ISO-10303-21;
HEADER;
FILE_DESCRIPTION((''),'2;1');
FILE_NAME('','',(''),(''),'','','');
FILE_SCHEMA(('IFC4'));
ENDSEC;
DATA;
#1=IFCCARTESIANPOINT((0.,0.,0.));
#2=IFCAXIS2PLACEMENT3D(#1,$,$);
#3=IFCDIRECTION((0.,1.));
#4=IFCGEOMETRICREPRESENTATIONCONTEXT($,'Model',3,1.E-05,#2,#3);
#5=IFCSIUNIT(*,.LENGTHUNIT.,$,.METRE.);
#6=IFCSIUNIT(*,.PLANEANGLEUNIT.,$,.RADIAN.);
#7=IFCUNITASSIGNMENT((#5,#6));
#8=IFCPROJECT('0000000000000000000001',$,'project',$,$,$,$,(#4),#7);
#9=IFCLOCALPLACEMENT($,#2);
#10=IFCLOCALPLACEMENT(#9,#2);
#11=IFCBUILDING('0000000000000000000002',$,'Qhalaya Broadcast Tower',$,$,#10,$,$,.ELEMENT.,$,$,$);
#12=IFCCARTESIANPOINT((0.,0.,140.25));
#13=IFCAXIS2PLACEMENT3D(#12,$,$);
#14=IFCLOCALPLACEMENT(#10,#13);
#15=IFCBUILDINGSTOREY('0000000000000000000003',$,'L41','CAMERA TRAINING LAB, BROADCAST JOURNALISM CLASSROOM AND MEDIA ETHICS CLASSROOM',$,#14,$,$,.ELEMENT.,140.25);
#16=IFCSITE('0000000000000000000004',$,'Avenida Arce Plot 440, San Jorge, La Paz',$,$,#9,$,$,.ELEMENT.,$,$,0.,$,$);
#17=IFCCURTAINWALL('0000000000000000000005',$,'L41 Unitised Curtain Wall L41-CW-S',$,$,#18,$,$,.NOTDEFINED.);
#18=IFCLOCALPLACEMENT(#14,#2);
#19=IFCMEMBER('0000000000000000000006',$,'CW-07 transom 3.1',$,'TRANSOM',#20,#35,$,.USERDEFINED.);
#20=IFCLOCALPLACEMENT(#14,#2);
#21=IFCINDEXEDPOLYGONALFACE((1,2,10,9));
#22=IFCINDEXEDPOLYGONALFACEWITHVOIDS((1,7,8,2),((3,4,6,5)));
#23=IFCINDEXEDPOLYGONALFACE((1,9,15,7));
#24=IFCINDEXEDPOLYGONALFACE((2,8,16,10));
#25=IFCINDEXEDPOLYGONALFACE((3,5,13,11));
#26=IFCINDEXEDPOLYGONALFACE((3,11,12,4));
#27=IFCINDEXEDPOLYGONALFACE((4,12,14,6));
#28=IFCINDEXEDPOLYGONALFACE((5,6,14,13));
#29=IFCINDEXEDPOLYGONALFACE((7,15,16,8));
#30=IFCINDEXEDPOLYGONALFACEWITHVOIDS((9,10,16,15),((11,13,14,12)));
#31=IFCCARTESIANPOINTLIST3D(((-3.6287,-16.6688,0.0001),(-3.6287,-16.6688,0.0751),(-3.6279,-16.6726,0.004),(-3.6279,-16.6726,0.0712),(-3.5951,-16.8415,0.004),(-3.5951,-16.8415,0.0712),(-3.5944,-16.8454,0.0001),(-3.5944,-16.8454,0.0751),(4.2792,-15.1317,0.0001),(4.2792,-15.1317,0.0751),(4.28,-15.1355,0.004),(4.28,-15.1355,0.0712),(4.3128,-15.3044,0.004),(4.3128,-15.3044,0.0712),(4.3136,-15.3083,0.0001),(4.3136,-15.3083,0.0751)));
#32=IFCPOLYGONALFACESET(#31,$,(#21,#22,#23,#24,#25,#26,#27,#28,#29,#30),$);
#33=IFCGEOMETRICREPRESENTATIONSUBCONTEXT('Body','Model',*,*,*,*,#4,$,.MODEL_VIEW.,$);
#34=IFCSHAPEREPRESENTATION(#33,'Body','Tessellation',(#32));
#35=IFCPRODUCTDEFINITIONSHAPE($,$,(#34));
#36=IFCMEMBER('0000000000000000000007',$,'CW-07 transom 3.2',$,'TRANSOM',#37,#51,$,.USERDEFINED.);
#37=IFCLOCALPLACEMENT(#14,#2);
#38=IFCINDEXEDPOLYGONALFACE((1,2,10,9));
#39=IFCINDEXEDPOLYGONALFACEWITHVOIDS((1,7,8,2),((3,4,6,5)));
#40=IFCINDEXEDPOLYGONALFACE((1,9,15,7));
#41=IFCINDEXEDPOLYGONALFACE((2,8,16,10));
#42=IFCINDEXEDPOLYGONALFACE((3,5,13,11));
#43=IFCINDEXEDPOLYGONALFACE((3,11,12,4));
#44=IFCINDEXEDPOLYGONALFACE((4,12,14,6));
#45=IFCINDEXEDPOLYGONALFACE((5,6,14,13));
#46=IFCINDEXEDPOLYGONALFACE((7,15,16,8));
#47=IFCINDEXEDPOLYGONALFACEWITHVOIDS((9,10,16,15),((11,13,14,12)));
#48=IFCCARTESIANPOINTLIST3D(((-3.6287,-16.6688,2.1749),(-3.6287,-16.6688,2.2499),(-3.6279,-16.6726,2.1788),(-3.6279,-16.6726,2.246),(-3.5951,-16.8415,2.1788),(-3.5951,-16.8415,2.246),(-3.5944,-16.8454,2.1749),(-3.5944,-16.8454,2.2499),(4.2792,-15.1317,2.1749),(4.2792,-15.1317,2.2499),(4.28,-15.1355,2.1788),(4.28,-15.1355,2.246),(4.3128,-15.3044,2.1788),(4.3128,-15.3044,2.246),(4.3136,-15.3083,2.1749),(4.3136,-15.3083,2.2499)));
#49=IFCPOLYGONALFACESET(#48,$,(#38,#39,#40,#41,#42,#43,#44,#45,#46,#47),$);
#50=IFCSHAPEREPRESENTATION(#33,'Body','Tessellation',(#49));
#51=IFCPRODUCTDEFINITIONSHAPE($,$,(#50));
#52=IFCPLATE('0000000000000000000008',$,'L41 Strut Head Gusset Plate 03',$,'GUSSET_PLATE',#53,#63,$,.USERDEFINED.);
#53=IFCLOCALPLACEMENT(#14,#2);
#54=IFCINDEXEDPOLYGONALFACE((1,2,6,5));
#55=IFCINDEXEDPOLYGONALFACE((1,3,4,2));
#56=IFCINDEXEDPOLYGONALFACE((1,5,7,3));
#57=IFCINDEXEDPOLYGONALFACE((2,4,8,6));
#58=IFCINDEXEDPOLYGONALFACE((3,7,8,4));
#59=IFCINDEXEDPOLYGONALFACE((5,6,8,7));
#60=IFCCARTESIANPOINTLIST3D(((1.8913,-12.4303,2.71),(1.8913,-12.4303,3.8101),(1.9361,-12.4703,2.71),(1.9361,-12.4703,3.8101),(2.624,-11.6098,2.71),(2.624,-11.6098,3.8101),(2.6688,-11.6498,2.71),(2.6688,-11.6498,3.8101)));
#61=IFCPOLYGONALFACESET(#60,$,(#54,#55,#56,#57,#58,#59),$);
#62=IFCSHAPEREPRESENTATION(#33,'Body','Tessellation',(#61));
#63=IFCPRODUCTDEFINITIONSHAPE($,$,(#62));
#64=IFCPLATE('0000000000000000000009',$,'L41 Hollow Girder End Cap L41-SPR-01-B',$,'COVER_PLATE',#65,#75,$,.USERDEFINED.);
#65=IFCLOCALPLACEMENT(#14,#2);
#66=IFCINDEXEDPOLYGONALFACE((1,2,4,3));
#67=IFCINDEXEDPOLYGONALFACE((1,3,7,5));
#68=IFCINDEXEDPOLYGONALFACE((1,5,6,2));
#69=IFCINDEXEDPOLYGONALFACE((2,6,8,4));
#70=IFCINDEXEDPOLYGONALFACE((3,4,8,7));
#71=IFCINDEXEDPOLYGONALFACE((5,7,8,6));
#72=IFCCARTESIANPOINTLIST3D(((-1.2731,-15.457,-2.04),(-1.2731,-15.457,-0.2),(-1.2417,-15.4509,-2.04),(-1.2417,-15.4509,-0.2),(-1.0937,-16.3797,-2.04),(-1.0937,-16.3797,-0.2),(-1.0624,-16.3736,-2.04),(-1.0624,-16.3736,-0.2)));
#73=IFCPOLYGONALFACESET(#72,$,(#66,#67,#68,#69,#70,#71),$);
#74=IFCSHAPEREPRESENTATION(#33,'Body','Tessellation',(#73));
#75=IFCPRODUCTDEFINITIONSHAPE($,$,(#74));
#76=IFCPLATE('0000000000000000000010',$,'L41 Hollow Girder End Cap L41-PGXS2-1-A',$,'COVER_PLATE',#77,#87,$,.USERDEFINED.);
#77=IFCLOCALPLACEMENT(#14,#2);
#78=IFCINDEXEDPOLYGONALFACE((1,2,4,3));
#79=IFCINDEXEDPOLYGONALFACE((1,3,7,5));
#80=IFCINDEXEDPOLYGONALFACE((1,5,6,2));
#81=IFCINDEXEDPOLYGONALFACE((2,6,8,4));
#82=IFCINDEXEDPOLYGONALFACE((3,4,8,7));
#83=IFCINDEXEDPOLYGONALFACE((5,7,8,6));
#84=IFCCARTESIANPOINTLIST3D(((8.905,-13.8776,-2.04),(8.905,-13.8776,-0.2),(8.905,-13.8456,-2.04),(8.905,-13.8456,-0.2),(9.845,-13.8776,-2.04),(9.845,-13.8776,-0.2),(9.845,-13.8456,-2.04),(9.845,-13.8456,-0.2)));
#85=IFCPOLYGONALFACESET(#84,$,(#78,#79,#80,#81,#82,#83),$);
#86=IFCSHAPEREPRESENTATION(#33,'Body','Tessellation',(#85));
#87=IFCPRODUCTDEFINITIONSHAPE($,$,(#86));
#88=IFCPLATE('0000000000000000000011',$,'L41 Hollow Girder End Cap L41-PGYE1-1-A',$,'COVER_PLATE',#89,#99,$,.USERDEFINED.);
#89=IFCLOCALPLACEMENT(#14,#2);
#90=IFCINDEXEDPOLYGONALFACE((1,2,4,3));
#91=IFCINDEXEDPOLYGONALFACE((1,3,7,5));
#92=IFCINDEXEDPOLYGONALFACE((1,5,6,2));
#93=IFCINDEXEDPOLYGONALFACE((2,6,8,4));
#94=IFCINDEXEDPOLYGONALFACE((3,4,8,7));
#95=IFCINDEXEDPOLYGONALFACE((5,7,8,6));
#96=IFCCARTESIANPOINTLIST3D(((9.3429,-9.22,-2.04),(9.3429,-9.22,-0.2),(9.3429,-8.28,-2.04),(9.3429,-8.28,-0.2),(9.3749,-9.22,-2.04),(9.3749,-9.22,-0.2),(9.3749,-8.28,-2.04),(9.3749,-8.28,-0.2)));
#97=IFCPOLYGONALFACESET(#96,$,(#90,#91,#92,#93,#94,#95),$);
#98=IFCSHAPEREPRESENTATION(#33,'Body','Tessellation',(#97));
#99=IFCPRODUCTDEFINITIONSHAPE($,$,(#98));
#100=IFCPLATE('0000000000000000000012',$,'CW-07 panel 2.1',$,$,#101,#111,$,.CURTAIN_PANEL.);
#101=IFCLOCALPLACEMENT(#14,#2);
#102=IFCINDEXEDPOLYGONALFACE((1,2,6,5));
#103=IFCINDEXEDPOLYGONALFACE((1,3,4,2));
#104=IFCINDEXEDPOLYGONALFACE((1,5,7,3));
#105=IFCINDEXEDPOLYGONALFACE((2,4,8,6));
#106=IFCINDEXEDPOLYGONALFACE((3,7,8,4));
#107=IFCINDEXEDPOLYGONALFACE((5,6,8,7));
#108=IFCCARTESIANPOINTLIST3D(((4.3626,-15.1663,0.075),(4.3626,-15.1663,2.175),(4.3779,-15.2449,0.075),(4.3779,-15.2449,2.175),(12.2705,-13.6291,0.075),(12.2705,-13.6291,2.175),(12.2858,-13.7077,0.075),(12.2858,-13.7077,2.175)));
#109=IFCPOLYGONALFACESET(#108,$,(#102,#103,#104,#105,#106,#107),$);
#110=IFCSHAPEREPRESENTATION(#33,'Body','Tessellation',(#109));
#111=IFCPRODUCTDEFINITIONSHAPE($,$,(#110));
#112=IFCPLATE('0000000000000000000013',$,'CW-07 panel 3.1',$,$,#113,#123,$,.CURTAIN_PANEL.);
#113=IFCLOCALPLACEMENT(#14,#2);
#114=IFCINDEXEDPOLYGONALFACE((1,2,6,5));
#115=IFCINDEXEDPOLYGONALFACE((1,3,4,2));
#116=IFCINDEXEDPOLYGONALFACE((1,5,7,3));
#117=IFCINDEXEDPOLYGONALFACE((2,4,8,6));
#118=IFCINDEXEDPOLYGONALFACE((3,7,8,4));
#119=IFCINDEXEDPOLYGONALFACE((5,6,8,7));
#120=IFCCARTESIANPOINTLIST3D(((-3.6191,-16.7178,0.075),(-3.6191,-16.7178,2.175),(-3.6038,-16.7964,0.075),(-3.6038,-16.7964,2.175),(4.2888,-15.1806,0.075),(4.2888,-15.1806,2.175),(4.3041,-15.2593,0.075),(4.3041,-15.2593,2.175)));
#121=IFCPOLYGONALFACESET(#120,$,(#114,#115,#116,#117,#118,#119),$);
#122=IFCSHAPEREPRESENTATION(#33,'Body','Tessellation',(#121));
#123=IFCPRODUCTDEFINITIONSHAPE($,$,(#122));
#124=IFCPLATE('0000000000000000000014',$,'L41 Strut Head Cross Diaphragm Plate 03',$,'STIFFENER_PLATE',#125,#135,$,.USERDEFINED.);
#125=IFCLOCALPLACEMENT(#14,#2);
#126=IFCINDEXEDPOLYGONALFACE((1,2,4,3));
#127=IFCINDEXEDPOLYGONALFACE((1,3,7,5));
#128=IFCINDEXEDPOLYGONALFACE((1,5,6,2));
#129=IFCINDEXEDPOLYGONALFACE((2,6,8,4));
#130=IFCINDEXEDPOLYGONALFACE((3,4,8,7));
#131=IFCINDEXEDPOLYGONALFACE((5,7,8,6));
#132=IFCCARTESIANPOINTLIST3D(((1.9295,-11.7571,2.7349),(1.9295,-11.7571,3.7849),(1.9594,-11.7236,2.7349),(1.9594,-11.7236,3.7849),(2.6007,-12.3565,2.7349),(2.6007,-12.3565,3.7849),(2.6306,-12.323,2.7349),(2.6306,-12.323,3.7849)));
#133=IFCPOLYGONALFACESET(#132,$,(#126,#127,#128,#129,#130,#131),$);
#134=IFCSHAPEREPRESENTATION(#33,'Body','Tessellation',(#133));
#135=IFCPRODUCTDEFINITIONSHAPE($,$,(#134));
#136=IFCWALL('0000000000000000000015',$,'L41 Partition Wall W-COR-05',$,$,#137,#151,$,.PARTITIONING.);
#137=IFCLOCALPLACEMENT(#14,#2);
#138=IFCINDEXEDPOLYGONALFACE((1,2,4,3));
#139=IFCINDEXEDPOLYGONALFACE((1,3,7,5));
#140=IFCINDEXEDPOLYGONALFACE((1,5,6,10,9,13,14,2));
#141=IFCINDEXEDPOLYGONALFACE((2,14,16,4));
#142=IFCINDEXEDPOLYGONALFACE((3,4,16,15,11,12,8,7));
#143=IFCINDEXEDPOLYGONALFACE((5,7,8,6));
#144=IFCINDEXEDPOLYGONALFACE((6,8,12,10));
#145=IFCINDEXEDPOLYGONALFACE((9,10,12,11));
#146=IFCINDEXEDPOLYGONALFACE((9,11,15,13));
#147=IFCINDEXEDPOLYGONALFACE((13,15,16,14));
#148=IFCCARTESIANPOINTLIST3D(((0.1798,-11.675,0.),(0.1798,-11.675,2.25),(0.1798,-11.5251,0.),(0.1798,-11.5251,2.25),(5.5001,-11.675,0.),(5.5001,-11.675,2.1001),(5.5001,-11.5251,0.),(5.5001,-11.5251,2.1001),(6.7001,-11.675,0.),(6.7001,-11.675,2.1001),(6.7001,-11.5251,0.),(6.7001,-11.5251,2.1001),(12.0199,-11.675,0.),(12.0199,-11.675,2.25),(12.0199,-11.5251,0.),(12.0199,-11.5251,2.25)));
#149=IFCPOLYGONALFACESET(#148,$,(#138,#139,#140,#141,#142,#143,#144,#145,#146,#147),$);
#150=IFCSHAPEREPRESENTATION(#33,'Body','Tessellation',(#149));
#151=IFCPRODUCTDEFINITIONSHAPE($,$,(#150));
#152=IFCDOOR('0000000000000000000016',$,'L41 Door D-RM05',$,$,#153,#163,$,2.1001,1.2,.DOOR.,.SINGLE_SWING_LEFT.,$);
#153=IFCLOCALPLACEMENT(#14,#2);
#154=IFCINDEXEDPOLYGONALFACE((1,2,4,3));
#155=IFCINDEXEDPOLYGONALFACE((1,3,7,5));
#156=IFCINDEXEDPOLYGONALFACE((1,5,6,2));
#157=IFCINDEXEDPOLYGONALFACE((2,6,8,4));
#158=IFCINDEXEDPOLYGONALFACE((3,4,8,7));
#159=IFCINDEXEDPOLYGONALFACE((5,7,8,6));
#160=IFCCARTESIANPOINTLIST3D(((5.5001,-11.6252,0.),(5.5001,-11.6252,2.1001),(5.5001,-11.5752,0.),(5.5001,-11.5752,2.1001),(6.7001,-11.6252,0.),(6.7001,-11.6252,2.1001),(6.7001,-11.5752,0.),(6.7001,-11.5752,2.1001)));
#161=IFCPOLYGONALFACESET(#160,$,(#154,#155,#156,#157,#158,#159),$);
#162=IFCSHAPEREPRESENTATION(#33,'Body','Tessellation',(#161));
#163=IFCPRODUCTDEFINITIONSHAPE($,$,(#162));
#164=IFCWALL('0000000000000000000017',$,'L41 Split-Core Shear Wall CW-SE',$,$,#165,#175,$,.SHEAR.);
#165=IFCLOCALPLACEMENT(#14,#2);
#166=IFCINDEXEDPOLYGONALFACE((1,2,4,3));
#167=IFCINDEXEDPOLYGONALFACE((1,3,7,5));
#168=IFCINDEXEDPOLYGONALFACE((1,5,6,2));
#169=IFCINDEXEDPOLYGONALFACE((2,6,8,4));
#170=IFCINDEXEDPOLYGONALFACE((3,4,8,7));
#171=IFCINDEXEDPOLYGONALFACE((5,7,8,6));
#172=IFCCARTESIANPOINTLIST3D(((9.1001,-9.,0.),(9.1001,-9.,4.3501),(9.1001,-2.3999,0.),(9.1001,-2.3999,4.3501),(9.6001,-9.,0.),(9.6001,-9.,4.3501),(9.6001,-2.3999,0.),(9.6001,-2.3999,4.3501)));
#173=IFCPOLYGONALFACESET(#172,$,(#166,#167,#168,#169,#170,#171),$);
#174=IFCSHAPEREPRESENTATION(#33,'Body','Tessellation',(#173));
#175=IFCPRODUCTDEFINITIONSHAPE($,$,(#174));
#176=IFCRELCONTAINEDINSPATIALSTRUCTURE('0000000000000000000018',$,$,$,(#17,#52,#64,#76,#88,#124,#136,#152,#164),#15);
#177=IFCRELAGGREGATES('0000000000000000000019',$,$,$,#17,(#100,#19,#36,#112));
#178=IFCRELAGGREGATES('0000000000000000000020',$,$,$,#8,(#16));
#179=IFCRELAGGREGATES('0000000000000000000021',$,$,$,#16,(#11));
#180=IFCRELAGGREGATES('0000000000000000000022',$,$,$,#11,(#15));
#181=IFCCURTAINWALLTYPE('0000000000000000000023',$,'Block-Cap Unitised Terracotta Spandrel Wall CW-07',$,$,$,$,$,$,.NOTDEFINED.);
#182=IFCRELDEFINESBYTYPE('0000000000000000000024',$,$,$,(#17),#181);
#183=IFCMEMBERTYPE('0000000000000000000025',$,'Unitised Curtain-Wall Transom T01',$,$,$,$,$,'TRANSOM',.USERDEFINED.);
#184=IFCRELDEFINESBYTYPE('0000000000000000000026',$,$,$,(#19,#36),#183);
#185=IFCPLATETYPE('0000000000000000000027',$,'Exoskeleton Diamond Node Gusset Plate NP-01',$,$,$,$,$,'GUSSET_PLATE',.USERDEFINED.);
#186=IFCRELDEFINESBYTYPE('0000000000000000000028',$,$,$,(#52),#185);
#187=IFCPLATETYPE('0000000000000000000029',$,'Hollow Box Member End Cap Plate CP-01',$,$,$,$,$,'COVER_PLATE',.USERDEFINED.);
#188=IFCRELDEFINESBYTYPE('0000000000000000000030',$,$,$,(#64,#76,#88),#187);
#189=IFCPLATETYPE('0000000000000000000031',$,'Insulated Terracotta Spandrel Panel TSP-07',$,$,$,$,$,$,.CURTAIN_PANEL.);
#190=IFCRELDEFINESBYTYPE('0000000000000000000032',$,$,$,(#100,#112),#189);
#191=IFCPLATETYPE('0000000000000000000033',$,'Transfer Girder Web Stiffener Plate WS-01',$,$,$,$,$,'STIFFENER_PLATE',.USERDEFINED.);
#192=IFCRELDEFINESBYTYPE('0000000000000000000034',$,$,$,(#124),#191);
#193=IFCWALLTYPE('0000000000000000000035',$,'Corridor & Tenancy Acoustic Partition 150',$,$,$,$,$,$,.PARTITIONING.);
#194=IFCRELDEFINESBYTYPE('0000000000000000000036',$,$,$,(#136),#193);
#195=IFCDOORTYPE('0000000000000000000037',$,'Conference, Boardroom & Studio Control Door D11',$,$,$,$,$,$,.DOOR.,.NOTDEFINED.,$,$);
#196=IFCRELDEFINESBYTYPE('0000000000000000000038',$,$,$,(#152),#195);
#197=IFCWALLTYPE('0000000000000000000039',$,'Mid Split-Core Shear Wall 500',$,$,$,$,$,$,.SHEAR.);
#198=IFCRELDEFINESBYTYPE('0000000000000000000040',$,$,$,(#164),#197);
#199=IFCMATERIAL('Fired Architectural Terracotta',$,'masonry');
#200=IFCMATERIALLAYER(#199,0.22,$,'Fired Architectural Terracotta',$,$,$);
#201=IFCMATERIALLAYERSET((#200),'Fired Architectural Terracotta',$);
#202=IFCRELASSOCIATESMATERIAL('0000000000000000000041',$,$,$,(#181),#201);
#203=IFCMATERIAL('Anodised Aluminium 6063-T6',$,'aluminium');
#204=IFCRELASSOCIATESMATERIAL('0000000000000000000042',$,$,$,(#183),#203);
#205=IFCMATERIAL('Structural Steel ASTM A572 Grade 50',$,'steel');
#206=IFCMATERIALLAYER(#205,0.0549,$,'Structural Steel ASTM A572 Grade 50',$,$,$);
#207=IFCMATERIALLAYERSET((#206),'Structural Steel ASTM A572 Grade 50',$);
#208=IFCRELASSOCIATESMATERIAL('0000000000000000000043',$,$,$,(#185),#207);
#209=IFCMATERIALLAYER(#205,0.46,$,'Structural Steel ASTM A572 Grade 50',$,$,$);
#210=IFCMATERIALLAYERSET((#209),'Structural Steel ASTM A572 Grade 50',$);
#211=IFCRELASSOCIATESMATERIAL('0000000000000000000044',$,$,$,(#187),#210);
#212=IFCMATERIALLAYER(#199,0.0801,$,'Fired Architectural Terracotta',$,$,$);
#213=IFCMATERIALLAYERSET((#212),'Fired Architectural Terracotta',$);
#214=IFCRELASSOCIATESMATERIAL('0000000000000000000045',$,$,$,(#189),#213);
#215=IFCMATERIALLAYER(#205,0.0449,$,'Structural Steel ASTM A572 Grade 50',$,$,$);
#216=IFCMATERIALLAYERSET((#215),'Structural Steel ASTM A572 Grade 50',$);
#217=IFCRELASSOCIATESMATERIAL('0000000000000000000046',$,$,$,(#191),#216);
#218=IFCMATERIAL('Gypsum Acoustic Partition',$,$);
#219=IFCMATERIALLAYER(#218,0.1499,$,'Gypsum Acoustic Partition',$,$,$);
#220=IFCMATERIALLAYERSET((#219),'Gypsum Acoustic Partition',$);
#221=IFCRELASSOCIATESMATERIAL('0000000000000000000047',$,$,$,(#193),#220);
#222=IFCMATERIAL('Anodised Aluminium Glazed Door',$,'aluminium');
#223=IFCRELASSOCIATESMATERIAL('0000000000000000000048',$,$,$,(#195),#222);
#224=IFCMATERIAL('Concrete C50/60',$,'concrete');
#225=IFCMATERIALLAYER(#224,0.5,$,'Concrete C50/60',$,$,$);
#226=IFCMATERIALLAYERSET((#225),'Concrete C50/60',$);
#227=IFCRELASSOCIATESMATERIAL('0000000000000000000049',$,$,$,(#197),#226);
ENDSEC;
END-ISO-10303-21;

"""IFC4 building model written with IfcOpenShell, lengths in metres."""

from ifc_helpers import new_model, si_unit, direction, frame, frame_2d, origin, origin_2d, place, context, subcontext, project, spatial, rectangle, hollow_rectangle, extrude, material, layer, layer_set, material_profile, profile_set, type_object, element, fill, aggregate, save


model = new_model("IFC4")

# Units and contexts
model_context = context("Model", 3, precision=1e-05, world=origin(), true_north=direction((0.0, 1.0)))
body_context = subcontext(model_context, "Body", "Model", "MODEL_VIEW")
ifc_project = project(units=[si_unit("LENGTHUNIT", "METRE"), si_unit("PLANEANGLEUNIT", "RADIAN")], contexts=[model_context])

# Site, building, storey
site_placement = place(None, origin())
site = spatial("IfcSite", under=ifc_project, at=site_placement, Name="Avenida Arce Plot 440, San Jorge, La Paz", CompositionType="ELEMENT", RefElevation=0.0)
building_placement = place(site_placement, origin())
building = spatial("IfcBuilding", under=site, at=building_placement, Name="Qhalaya Broadcast Tower", CompositionType="ELEMENT")
storey_placement = place(building_placement, frame((0.0, 0.0, 140.25)))
storey = spatial("IfcBuildingStorey", under=building, at=storey_placement, Name="L41", Description="CAMERA TRAINING LAB, BROADCAST JOURNALISM CLASSROOM AND MEDIA ETHICS CLASSROOM", CompositionType="ELEMENT", Elevation=140.25)

# Shared definitions
ifc_material_1 = material(Name="Structural Steel ASTM A572 Grade 50", Category="steel")

# Curtain wall, members
ifc_material_2 = material(Name="Fired Architectural Terracotta", Category="masonry")
ifc_layer_1 = layer(ifc_material_2, 0.22, Name="Fired Architectural Terracotta")
ifc_layer_set_1 = layer_set([ifc_layer_1], Name="Fired Architectural Terracotta")
curtain_wall_type = type_object("IfcCurtainWallType", Name="Block-Cap Unitised Terracotta Spandrel Wall CW-07", PredefinedType="NOTDEFINED", material=ifc_layer_set_1)
curtain_wall_placement = place(storey_placement, origin())
curtain_wall = element("IfcCurtainWall", 1, at=curtain_wall_placement, inside=storey, type_object=curtain_wall_type, Name="L41 Unitised Curtain Wall L41-CW-S", PredefinedType="NOTDEFINED")
ifc_material_3 = material(Name="Anodised Aluminium 6063-T6", Category="aluminium")
ifc_material_profile_1 = material_profile(ifc_material_3, hollow_rectangle(XDim=0.075, YDim=0.1799, WallThickness=0.0039, at=origin_2d()), Name="ALU-TRN 75x180x4")
ifc_profile_set_1 = profile_set([ifc_material_profile_1], Name="Anodised Aluminium 6063-T6")
member_type_1 = type_object("IfcMemberType", Name="Unitised Curtain-Wall Transom T01", ElementType="TRANSOM", PredefinedType="USERDEFINED", material=ifc_profile_set_1)
member_1_placement = place(storey_placement, frame((4.2964, -15.22, 0.0376), z_axis=(-0.981628, -0.190804, 0.0), x_axis=(0.0, 0.0, 1.0)))
member_1 = element("IfcMember", 2, at=member_1_placement, type_object=member_type_1, Name="CW-07 transom 3.1", ObjectType="TRANSOM", PredefinedType="USERDEFINED", context=body_context, shape_type="SweptSolid", body=[
    extrude(hollow_rectangle(XDim=0.075, YDim=0.1799, WallThickness=0.0039, at=origin_2d()), origin(), (0.0, 0.0, 1.0), 8.0559),
])
member_2_placement = place(storey_placement, frame((4.2964, -15.22, 2.2124), z_axis=(-0.981628, -0.190804, 0.0), x_axis=(0.0, 0.0, 1.0)))
member_2 = element("IfcMember", 3, at=member_2_placement, type_object=member_type_1, Name="CW-07 transom 3.2", ObjectType="TRANSOM", PredefinedType="USERDEFINED", context=body_context, shape_type="SweptSolid", body=[
    extrude(hollow_rectangle(XDim=0.075, YDim=0.1799, WallThickness=0.0039, at=origin_2d()), origin(), (0.0, 0.0, 1.0), 8.0559),
])

# Plates
ifc_layer_2 = layer(ifc_material_1, 0.0549, Name="Structural Steel ASTM A572 Grade 50")
ifc_layer_set_2 = layer_set([ifc_layer_2], Name="Structural Steel ASTM A572 Grade 50")
plate_type_1 = type_object("IfcPlateType", Name="Exoskeleton Diamond Node Gusset Plate NP-01", ElementType="GUSSET_PLATE", PredefinedType="USERDEFINED", material=ifc_layer_set_2)
plate_1_placement = place(storey_placement, frame((2.28, -12.04, 2.71), z_axis=(0.0, 0.0, 1.0), x_axis=(0.666077, 0.745883, 0.0)))
element("IfcPlate", 4, at=plate_1_placement, inside=storey, type_object=plate_type_1, Name="L41 Strut Head Gusset Plate 03", ObjectType="GUSSET_PLATE", PredefinedType="USERDEFINED", context=body_context, shape_type="SweptSolid", body=[
    extrude(rectangle(XDim=1.1001, YDim=0.0601, at=origin_2d()), origin(), (0.0, 0.0, 1.0), 1.1001),
])
ifc_layer_3 = layer(ifc_material_1, 0.46, Name="Structural Steel ASTM A572 Grade 50")
ifc_layer_set_3 = layer_set([ifc_layer_3], Name="Structural Steel ASTM A572 Grade 50")
plate_type_2 = type_object("IfcPlateType", Name="Hollow Box Member End Cap Plate CP-01", ElementType="COVER_PLATE", PredefinedType="USERDEFINED", material=ifc_layer_set_3)
for number, where, z_axis, x_axis, name in (
    (5, (-1.1677, -15.9153, -2.04), (0.0, 0.0, 1.0), (-0.190809, 0.981627, 0.0), "L41 Hollow Girder End Cap L41-SPR-01-B"),
    (6, (9.375, -13.8616, -2.04), (0.0, 0.0, 1.0), (-1.0, 0.0, 0.0), "L41 Hollow Girder End Cap L41-PGXS2-1-A"),
    (7, (9.3589, -8.75, -2.04), (0.0, 0.0, 1.0), (0.0, 1.0, 0.0), "L41 Hollow Girder End Cap L41-PGYE1-1-A"),
):
    element("IfcPlate", number, at=place(storey_placement, frame(where, z_axis=z_axis, x_axis=x_axis)), inside=storey, type_object=plate_type_2, Name=name, ObjectType="COVER_PLATE", PredefinedType="USERDEFINED", context=body_context, shape_type="SweptSolid", body=[
        extrude(rectangle(XDim=0.9399, YDim=0.032, at=origin_2d()), origin(), (0.0, 0.0, 1.0), 1.8401),
    ])

# Plates
ifc_layer_4 = layer(ifc_material_2, 0.0801, Name="Fired Architectural Terracotta")
ifc_layer_set_4 = layer_set([ifc_layer_4], Name="Fired Architectural Terracotta")
plate_type_3 = type_object("IfcPlateType", Name="Insulated Terracotta Spandrel Panel TSP-07", PredefinedType="CURTAIN_PANEL", material=ifc_layer_set_4)
plate_2_placement = place(storey_placement, frame((8.3242, -14.437, 0.075), z_axis=(0.0, 0.0, 1.0), x_axis=(-0.981627, -0.19081, 0.0)))
plate_2 = element("IfcPlate", 8, at=plate_2_placement, type_object=plate_type_3, Name="CW-07 panel 2.1", PredefinedType="CURTAIN_PANEL", context=body_context, shape_type="SweptSolid", body=[
    extrude(rectangle(XDim=8.0559, YDim=0.0801, at=origin_2d()), origin(), (0.0, 0.0, 1.0), 2.1001),
])
plate_3_placement = place(storey_placement, frame((0.3425, -15.9885, 0.075), z_axis=(0.0, 0.0, 1.0), x_axis=(-0.981627, -0.19081, 0.0)))
plate_3 = element("IfcPlate", 9, at=plate_3_placement, type_object=plate_type_3, Name="CW-07 panel 3.1", PredefinedType="CURTAIN_PANEL", context=body_context, shape_type="SweptSolid", body=[
    extrude(rectangle(XDim=8.0559, YDim=0.0801, at=origin_2d()), origin(), (0.0, 0.0, 1.0), 2.1001),
])
aggregate(curtain_wall, [plate_2, member_1, member_2, plate_3])
ifc_layer_5 = layer(ifc_material_1, 0.0449, Name="Structural Steel ASTM A572 Grade 50")
ifc_layer_set_5 = layer_set([ifc_layer_5], Name="Structural Steel ASTM A572 Grade 50")
plate_type_4 = type_object("IfcPlateType", Name="Transfer Girder Web Stiffener Plate WS-01", ElementType="STIFFENER_PLATE", PredefinedType="USERDEFINED", material=ifc_layer_set_5)
plate_4_placement = place(storey_placement, frame((2.28, -12.04, 2.7349), z_axis=(0.0, 0.0, 1.0), x_axis=(-0.745883, 0.666077, 0.0)))
element("IfcPlate", 10, at=plate_4_placement, inside=storey, type_object=plate_type_4, Name="L41 Strut Head Cross Diaphragm Plate 03", ObjectType="STIFFENER_PLATE", PredefinedType="USERDEFINED", context=body_context, shape_type="SweptSolid", body=[
    extrude(rectangle(XDim=0.8999, YDim=0.0449, at=origin_2d()), origin(), (0.0, 0.0, 1.0), 1.05),
])

# Wall, opening, door
ifc_material_4 = material(Name="Gypsum Acoustic Partition")
ifc_layer_6 = layer(ifc_material_4, 0.1499, Name="Gypsum Acoustic Partition")
ifc_layer_set_6 = layer_set([ifc_layer_6], Name="Gypsum Acoustic Partition")
wall_type_1 = type_object("IfcWallType", Name="Corridor & Tenancy Acoustic Partition 150", PredefinedType="PARTITIONING", material=ifc_layer_set_6)
wall_1_placement = place(storey_placement, frame((0.1799, -11.6001, 0.0), z_axis=(0.0, 0.0, 1.0), x_axis=(1.0, 0.0, 0.0)))
wall_1 = element("IfcWall", 11, at=wall_1_placement, inside=storey, type_object=wall_type_1, Name="L41 Partition Wall W-COR-05", PredefinedType="PARTITIONING", context=body_context, shape_type="SweptSolid", body=[
    extrude(rectangle(XDim=11.8401, YDim=0.1499, at=frame_2d((5.9199, 0.0))), origin(), (0.0, 0.0, 1.0), 2.25),
])
opening_placement = place(wall_1_placement, frame((5.3201, 0.0, 0.0)))
opening = element("IfcOpeningElement", 12, at=opening_placement, cuts=wall_1, PredefinedType="OPENING", context=body_context, shape_type="SweptSolid", body=[
    extrude(rectangle(XDim=1.2, YDim=2.1001, at=frame_2d((0.6001, 1.05))), frame((0.0, 0.0869, 0.0), z_axis=(0.0, -1.0, 0.0), x_axis=(1.0, 0.0, 0.0)), (0.0, 0.0, 1.0), 0.1738),
])
ifc_material_5 = material(Name="Anodised Aluminium Glazed Door", Category="aluminium")
door_type = type_object("IfcDoorType", Name="Conference, Boardroom & Studio Control Door D11", OperationType="NOTDEFINED", PredefinedType="DOOR", material=ifc_material_5)
door_placement = place(opening_placement, origin())
door = element("IfcDoor", 13, at=door_placement, inside=storey, type_object=door_type, Name="L41 Door D-RM05", OperationType="SINGLE_SWING_LEFT", OverallHeight=2.1001, OverallWidth=1.2, PredefinedType="DOOR", context=body_context, shape_type="SweptSolid", body=[
    extrude(rectangle(XDim=1.2, YDim=2.1001, at=frame_2d((0.6001, 1.05))), frame((0.0, 0.0249, 0.0), z_axis=(0.0, -1.0, 0.0), x_axis=(1.0, 0.0, 0.0)), (0.0, 0.0, 1.0), 0.05),
])
fill(opening, door)

# Wall
ifc_material_6 = material(Name="Concrete C50/60", Category="concrete")
ifc_layer_7 = layer(ifc_material_6, 0.5, Name="Concrete C50/60")
ifc_layer_set_7 = layer_set([ifc_layer_7], Name="Concrete C50/60")
wall_type_2 = type_object("IfcWallType", Name="Mid Split-Core Shear Wall 500", PredefinedType="SHEAR", material=ifc_layer_set_7)
wall_2_placement = place(storey_placement, frame((9.3501, -9.0, 0.0), z_axis=(0.0, 0.0, 1.0), x_axis=(0.0, 1.0, 0.0)))
element("IfcWall", 14, at=wall_2_placement, inside=storey, type_object=wall_type_2, Name="L41 Split-Core Shear Wall CW-SE", PredefinedType="SHEAR", context=body_context, shape_type="SweptSolid", body=[
    extrude(rectangle(XDim=6.6001, YDim=0.5, at=frame_2d((3.3, 0.0))), origin(), (0.0, 0.0, 1.0), 4.3501),
])

save(model, "model.ifc")
